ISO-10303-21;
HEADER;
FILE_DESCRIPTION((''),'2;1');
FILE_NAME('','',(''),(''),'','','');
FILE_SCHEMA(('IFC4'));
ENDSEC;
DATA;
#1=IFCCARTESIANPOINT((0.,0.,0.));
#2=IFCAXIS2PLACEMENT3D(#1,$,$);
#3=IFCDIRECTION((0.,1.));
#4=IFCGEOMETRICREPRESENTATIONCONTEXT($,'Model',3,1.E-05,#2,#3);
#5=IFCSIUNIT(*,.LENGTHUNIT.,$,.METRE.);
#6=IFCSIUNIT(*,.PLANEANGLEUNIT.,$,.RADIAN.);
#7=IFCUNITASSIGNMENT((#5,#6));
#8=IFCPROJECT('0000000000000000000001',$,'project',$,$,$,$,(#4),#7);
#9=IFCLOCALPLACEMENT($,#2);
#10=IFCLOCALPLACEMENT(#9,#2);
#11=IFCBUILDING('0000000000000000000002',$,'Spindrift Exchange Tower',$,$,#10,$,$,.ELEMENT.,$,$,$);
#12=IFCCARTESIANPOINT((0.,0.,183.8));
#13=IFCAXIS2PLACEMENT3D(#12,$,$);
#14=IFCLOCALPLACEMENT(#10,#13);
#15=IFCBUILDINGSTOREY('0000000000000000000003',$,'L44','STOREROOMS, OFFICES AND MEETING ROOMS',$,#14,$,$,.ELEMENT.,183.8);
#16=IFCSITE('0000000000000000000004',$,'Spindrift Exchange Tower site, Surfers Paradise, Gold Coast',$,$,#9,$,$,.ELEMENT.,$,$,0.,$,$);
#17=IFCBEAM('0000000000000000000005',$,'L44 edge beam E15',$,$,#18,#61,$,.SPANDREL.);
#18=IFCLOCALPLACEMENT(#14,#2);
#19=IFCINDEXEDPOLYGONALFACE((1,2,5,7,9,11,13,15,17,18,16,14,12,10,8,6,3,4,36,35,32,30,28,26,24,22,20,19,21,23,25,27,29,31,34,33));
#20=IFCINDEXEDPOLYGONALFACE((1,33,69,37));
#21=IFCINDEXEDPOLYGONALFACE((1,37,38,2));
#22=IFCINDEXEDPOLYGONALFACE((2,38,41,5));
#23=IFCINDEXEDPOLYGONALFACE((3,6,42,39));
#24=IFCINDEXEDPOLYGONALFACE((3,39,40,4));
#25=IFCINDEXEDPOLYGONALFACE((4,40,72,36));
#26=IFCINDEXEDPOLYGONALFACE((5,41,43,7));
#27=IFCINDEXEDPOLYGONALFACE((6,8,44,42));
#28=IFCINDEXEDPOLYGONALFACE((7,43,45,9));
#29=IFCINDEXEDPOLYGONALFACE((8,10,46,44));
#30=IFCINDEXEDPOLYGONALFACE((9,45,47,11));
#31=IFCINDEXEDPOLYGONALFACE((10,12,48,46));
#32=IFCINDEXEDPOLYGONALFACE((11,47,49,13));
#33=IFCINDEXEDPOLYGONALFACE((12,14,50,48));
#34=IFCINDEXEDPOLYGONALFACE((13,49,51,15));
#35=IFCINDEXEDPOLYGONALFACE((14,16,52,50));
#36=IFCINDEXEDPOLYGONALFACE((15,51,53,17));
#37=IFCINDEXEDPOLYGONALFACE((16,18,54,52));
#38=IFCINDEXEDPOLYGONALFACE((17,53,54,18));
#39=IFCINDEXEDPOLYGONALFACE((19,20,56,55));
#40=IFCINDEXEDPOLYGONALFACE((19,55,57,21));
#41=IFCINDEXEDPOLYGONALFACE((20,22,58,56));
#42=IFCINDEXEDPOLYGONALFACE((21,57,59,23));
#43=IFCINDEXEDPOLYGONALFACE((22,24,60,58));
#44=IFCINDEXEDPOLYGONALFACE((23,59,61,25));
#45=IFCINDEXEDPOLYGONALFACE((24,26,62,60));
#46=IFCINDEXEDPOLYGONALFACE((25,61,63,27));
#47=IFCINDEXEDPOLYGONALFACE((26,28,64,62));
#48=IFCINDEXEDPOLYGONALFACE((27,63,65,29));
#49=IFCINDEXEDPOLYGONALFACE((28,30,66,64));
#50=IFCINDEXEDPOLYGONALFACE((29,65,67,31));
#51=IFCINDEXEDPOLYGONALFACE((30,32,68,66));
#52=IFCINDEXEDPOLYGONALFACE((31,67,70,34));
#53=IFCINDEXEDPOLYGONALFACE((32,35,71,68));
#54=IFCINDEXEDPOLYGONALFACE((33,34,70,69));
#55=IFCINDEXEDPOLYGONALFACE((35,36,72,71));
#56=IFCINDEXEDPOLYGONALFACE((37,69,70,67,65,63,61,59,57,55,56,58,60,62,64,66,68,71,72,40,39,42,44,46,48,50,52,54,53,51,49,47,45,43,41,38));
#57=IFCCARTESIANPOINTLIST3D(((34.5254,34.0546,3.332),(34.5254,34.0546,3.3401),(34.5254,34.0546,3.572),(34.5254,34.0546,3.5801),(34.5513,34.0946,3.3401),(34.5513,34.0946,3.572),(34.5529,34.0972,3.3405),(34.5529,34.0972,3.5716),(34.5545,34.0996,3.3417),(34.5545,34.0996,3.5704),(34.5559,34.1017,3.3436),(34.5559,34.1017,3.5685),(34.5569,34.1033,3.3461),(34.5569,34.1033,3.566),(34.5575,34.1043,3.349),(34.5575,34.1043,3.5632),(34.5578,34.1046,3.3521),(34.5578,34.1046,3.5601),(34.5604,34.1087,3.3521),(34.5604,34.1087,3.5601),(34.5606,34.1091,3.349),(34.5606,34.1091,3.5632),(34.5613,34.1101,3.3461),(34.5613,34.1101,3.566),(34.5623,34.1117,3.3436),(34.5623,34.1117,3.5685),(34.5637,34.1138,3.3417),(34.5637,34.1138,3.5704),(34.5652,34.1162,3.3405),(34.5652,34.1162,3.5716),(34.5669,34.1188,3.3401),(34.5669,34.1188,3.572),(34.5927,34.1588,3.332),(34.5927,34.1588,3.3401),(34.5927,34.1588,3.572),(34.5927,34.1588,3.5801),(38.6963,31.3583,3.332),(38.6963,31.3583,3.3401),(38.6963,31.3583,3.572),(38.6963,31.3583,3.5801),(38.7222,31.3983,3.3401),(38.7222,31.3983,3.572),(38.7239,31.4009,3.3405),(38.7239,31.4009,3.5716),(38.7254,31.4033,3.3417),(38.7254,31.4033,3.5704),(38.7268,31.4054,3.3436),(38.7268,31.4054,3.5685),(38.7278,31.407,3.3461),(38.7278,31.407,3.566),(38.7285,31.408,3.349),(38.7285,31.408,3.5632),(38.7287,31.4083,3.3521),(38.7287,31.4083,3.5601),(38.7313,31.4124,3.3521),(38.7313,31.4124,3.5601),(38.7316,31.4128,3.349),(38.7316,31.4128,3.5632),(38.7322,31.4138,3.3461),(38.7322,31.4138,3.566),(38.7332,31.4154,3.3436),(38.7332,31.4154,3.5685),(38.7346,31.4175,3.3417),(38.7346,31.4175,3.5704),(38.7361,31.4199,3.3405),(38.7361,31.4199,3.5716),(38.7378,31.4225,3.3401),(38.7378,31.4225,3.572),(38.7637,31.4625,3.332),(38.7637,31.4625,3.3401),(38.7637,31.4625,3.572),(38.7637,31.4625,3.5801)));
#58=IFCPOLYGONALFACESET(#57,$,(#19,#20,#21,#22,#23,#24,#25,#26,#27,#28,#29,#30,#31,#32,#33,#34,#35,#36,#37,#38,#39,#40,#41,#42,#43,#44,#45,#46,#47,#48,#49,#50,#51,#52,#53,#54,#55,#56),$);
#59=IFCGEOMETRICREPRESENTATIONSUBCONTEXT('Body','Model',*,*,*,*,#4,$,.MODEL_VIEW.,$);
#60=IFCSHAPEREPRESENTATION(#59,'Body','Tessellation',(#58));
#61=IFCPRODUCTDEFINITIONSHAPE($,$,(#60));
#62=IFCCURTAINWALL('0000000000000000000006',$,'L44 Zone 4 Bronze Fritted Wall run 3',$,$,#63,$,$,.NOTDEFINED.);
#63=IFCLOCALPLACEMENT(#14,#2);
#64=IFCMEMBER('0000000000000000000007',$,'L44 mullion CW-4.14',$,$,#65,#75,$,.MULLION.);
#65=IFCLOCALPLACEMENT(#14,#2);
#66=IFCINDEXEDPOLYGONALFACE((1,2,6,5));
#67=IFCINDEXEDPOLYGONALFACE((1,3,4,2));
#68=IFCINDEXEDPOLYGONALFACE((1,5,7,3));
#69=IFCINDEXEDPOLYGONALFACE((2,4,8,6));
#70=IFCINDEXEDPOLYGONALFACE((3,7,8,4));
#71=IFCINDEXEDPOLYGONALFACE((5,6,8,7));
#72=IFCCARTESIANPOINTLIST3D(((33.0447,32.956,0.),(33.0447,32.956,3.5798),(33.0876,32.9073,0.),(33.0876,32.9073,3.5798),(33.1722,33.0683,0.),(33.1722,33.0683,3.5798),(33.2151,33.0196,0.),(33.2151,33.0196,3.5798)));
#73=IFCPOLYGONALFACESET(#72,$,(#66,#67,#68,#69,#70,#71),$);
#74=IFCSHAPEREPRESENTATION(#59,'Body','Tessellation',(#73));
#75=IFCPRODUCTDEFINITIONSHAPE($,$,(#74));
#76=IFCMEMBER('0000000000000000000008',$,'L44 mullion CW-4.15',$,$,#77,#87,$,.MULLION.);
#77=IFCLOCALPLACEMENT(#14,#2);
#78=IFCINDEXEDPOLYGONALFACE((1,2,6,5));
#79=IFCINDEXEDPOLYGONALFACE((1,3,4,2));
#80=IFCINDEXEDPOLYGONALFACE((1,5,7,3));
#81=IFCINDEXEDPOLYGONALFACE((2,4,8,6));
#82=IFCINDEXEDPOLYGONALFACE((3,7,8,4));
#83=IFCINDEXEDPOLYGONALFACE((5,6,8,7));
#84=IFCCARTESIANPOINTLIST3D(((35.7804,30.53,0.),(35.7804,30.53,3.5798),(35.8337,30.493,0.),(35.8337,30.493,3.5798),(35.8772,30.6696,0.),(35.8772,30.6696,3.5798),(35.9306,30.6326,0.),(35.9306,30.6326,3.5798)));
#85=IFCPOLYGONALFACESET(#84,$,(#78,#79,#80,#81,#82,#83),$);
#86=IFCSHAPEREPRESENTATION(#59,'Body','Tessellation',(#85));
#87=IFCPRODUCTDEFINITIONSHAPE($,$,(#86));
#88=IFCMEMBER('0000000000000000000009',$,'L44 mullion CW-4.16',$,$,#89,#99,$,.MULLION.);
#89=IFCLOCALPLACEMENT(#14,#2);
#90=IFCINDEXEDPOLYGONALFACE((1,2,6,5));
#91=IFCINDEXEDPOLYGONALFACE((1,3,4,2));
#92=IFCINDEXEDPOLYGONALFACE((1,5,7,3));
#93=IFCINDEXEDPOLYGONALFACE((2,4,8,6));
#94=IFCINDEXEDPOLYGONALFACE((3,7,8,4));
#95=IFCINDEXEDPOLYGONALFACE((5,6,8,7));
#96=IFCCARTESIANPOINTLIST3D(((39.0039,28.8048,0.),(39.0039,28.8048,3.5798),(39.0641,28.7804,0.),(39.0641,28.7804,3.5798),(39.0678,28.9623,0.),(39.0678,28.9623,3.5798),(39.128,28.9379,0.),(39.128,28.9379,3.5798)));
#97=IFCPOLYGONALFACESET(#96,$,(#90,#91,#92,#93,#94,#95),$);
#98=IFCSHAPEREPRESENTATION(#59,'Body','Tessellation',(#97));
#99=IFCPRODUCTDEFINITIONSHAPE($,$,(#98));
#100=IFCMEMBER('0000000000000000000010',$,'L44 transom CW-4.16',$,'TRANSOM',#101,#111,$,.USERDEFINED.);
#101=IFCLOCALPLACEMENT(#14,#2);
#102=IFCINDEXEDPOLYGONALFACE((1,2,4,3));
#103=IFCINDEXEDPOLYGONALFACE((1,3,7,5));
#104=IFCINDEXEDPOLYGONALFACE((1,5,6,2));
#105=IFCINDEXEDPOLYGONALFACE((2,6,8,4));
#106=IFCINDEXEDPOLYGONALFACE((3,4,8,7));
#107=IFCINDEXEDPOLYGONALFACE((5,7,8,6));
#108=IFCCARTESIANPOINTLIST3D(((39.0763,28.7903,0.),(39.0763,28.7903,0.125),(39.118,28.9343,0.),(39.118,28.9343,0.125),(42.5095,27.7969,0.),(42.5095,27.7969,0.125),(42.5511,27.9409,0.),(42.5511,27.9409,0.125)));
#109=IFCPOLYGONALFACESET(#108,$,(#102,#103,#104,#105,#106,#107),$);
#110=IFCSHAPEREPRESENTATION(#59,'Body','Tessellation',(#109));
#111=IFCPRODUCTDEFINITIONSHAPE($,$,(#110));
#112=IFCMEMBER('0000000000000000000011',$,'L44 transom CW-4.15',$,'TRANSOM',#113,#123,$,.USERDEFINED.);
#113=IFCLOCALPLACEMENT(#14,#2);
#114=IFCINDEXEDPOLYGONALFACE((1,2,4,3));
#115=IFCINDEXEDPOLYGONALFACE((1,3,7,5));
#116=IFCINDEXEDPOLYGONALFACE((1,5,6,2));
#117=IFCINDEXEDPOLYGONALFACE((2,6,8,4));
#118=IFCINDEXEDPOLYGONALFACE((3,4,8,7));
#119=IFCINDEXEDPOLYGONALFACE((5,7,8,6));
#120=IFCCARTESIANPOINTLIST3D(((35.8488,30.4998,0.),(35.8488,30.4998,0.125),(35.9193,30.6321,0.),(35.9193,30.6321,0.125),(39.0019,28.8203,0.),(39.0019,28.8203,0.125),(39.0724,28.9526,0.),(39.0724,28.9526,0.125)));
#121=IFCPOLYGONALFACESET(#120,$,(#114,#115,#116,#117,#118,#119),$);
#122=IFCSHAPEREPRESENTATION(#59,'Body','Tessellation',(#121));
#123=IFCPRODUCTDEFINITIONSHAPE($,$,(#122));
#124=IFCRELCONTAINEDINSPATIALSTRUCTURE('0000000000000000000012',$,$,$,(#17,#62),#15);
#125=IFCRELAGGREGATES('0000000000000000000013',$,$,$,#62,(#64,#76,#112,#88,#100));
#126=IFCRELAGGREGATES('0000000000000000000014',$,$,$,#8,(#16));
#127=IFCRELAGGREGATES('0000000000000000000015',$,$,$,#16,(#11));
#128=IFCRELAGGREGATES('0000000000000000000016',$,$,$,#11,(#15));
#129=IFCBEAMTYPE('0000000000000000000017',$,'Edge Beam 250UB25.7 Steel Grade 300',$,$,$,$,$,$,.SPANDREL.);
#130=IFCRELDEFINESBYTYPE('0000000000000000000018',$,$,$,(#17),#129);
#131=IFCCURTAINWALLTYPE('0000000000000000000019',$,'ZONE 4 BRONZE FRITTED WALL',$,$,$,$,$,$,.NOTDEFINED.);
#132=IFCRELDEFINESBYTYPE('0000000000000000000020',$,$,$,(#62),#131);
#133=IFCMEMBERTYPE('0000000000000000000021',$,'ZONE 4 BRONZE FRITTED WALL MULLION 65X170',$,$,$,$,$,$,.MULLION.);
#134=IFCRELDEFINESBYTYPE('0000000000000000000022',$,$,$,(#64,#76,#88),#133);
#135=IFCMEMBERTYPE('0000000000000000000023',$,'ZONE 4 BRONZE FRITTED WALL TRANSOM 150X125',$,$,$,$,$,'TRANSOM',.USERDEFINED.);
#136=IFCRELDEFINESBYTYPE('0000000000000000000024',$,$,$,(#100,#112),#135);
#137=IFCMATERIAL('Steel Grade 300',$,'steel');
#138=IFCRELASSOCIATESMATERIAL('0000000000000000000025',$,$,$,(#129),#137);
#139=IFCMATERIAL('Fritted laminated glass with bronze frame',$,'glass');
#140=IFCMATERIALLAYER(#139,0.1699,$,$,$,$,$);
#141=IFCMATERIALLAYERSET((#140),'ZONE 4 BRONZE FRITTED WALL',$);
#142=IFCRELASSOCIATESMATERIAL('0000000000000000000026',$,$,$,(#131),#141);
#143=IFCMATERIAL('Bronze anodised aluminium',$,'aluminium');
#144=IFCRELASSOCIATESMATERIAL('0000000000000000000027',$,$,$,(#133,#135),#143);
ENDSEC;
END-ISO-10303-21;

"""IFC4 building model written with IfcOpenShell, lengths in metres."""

from ifc_helpers import new_model, si_unit, direction, frame, origin, origin_2d, place, context, subcontext, project, spatial, rectangle, i_section, extrude, source, transform, mapped, material, layer, layer_set, material_profile, profile_set, type_object, element, aggregate, save


model = new_model("IFC4")

# Units and contexts
model_context = context("Model", 3, precision=1e-05, world=origin(), true_north=direction((0.0, 1.0)))
body_context = subcontext(model_context, "Body", "Model", "MODEL_VIEW")
ifc_project = project(units=[si_unit("LENGTHUNIT", "METRE"), si_unit("PLANEANGLEUNIT", "RADIAN")], contexts=[model_context])

# Site, building, storey
site_placement = place(None, origin())
site = spatial("IfcSite", under=ifc_project, at=site_placement, Name="Spindrift Exchange Tower site, Surfers Paradise, Gold Coast", CompositionType="ELEMENT", RefElevation=0.0)
building_placement = place(site_placement, origin())
building = spatial("IfcBuilding", under=site, at=building_placement, Name="Spindrift Exchange Tower", CompositionType="ELEMENT")
storey_placement = place(building_placement, frame((0.0, 0.0, 183.8)))
storey = spatial("IfcBuildingStorey", under=building, at=storey_placement, Name="L44", Description="STOREROOMS, OFFICES AND MEETING ROOMS", CompositionType="ELEMENT", Elevation=183.8)

# Beam
ifc_material_1 = material(Name="Steel Grade 300", Category="steel")
ifc_material_profile_1 = material_profile(ifc_material_1, i_section(OverallWidth=0.124, OverallDepth=0.248, WebThickness=0.0049, FlangeThickness=0.0081, FilletRadius=0.012, at=origin_2d()), Name="250UB25.7")
ifc_profile_set_1 = profile_set([ifc_material_profile_1], Name="Steel Grade 300")
beam_type_1 = type_object("IfcBeamType", Name="Edge Beam 250UB25.7 Steel Grade 300", PredefinedType="SPANDREL", material=ifc_profile_set_1)
shared_shape_1 = source(origin(), body_context, "Body", "SweptSolid", [
    extrude(i_section(OverallWidth=0.124, OverallDepth=0.248, WebThickness=0.0049, FlangeThickness=0.0081, FilletRadius=0.012, at=origin_2d()), origin(), (0.0, 0.0, 1.0), 4.9666),
])
beam_1_placement = place(storey_placement, frame((34.5591, 34.1067, 3.4561), z_axis=(0.839802, -0.542893, 0.0), x_axis=(0.542893, 0.839802, 0.0)))
element("IfcBeam", 1, at=beam_1_placement, inside=storey, type_object=beam_type_1, Name="L44 edge beam E15", PredefinedType="SPANDREL", context=body_context, shape_type="MappedRepresentation", body=[
    mapped(shared_shape_1, transform((0.0, 0.0, 0.0), scale=1.0)),
])

# Curtain wall, members
ifc_material_2 = material(Name="Fritted laminated glass with bronze frame", Category="glass")
ifc_layer_1 = layer(ifc_material_2, 0.1699)
ifc_layer_set_1 = layer_set([ifc_layer_1], Name="ZONE 4 BRONZE FRITTED WALL")
curtain_wall_type = type_object("IfcCurtainWallType", Name="ZONE 4 BRONZE FRITTED WALL", PredefinedType="NOTDEFINED", material=ifc_layer_set_1)
curtain_wall_placement = place(storey_placement, origin())
curtain_wall = element("IfcCurtainWall", 2, at=curtain_wall_placement, inside=storey, type_object=curtain_wall_type, Name="L44 Zone 4 Bronze Fritted Wall run 3", PredefinedType="NOTDEFINED")
ifc_material_3 = material(Name="Bronze anodised aluminium", Category="aluminium")
ifc_material_profile_2 = material_profile(ifc_material_3, rectangle(XDim=0.0649, YDim=0.1699, at=origin_2d()), Name="ZONE 4 BRONZE FRITTED WALL MULLION 65X170")
ifc_profile_set_2 = profile_set([ifc_material_profile_2], Name="Bronze anodised aluminium")
member_type_1 = type_object("IfcMemberType", Name="ZONE 4 BRONZE FRITTED WALL MULLION 65X170", PredefinedType="MULLION", material=ifc_profile_set_2)
shared_shape_2 = source(origin(), body_context, "Body", "SweptSolid", [
    extrude(rectangle(XDim=0.0649, YDim=0.1699, at=origin_2d()), origin(), (0.0, 0.0, 1.0), 3.5798),
])
member_1_placement = place(storey_placement, frame((33.1299, 32.9878, 0.0), z_axis=(0.0, 0.0, 1.0), x_axis=(0.660916, -0.75046, 0.0)))
member_1 = element("IfcMember", 3, at=member_1_placement, type_object=member_type_1, Name="L44 mullion CW-4.14", PredefinedType="MULLION", context=body_context, shape_type="MappedRepresentation", body=[
    mapped(shared_shape_2, transform((0.0, 0.0, 0.0), scale=1.0)),
])
member_2_placement = place(storey_placement, frame((35.8555, 30.5813, 0.0), z_axis=(0.0, 0.0, 1.0), x_axis=(0.821732, -0.569874, 0.0)))
member_2 = element("IfcMember", 4, at=member_2_placement, type_object=member_type_1, Name="L44 mullion CW-4.15", PredefinedType="MULLION", context=body_context, shape_type="MappedRepresentation", body=[
    mapped(shared_shape_2, transform((0.0, 0.0, 0.0), scale=1.0)),
])
member_3_placement = place(storey_placement, frame((39.0659, 28.8713, 0.0), z_axis=(0.0, 0.0, 1.0), x_axis=(0.926597, -0.376055, 0.0)))
member_3 = element("IfcMember", 5, at=member_3_placement, type_object=member_type_1, Name="L44 mullion CW-4.16", PredefinedType="MULLION", context=body_context, shape_type="MappedRepresentation", body=[
    mapped(shared_shape_2, transform((0.0, 0.0, 0.0), scale=1.0)),
])
ifc_material_profile_3 = material_profile(ifc_material_3, rectangle(XDim=0.1499, YDim=0.125, at=origin_2d()), Name="ZONE 4 BRONZE FRITTED WALL TRANSOM 150X125")
ifc_profile_set_3 = profile_set([ifc_material_profile_3], Name="Bronze anodised aluminium")
member_type_2 = type_object("IfcMemberType", Name="ZONE 4 BRONZE FRITTED WALL TRANSOM 150X125", ElementType="TRANSOM", PredefinedType="USERDEFINED", material=ifc_profile_set_3)
shared_shape_3 = source(origin(), body_context, "Body", "SweptSolid", [
    extrude(rectangle(XDim=0.1499, YDim=0.125, at=origin_2d()), origin(), (0.0, 0.0, 1.0), 3.574),
])
member_4_placement = place(storey_placement, frame((39.0972, 28.8623, 0.0625), z_axis=(0.960593, -0.277959, 0.0), x_axis=(0.277959, 0.960593, 0.0)))
member_4 = element("IfcMember", 6, at=member_4_placement, type_object=member_type_2, Name="L44 transom CW-4.16", ObjectType="TRANSOM", PredefinedType="USERDEFINED", context=body_context, shape_type="MappedRepresentation", body=[
    mapped(shared_shape_3, transform((0.0, 0.0, 0.0), scale=1.0)),
])
shared_shape_4 = source(origin(), body_context, "Body", "SweptSolid", [
    extrude(rectangle(XDim=0.1499, YDim=0.125, at=origin_2d()), origin(), (0.0, 0.0, 1.0), 3.5725),
])
member_5_placement = place(storey_placement, frame((35.884, 30.5659, 0.0625), z_axis=(0.882608, -0.470109, 0.0), x_axis=(0.470109, 0.882608, 0.0)))
member_5 = element("IfcMember", 7, at=member_5_placement, type_object=member_type_2, Name="L44 transom CW-4.15", ObjectType="TRANSOM", PredefinedType="USERDEFINED", context=body_context, shape_type="MappedRepresentation", body=[
    mapped(shared_shape_4, transform((0.0, 0.0, 0.0), scale=1.0)),
])

aggregate(curtain_wall, [member_1, member_2, member_5, member_3, member_4])

save(model, "model.ifc")
